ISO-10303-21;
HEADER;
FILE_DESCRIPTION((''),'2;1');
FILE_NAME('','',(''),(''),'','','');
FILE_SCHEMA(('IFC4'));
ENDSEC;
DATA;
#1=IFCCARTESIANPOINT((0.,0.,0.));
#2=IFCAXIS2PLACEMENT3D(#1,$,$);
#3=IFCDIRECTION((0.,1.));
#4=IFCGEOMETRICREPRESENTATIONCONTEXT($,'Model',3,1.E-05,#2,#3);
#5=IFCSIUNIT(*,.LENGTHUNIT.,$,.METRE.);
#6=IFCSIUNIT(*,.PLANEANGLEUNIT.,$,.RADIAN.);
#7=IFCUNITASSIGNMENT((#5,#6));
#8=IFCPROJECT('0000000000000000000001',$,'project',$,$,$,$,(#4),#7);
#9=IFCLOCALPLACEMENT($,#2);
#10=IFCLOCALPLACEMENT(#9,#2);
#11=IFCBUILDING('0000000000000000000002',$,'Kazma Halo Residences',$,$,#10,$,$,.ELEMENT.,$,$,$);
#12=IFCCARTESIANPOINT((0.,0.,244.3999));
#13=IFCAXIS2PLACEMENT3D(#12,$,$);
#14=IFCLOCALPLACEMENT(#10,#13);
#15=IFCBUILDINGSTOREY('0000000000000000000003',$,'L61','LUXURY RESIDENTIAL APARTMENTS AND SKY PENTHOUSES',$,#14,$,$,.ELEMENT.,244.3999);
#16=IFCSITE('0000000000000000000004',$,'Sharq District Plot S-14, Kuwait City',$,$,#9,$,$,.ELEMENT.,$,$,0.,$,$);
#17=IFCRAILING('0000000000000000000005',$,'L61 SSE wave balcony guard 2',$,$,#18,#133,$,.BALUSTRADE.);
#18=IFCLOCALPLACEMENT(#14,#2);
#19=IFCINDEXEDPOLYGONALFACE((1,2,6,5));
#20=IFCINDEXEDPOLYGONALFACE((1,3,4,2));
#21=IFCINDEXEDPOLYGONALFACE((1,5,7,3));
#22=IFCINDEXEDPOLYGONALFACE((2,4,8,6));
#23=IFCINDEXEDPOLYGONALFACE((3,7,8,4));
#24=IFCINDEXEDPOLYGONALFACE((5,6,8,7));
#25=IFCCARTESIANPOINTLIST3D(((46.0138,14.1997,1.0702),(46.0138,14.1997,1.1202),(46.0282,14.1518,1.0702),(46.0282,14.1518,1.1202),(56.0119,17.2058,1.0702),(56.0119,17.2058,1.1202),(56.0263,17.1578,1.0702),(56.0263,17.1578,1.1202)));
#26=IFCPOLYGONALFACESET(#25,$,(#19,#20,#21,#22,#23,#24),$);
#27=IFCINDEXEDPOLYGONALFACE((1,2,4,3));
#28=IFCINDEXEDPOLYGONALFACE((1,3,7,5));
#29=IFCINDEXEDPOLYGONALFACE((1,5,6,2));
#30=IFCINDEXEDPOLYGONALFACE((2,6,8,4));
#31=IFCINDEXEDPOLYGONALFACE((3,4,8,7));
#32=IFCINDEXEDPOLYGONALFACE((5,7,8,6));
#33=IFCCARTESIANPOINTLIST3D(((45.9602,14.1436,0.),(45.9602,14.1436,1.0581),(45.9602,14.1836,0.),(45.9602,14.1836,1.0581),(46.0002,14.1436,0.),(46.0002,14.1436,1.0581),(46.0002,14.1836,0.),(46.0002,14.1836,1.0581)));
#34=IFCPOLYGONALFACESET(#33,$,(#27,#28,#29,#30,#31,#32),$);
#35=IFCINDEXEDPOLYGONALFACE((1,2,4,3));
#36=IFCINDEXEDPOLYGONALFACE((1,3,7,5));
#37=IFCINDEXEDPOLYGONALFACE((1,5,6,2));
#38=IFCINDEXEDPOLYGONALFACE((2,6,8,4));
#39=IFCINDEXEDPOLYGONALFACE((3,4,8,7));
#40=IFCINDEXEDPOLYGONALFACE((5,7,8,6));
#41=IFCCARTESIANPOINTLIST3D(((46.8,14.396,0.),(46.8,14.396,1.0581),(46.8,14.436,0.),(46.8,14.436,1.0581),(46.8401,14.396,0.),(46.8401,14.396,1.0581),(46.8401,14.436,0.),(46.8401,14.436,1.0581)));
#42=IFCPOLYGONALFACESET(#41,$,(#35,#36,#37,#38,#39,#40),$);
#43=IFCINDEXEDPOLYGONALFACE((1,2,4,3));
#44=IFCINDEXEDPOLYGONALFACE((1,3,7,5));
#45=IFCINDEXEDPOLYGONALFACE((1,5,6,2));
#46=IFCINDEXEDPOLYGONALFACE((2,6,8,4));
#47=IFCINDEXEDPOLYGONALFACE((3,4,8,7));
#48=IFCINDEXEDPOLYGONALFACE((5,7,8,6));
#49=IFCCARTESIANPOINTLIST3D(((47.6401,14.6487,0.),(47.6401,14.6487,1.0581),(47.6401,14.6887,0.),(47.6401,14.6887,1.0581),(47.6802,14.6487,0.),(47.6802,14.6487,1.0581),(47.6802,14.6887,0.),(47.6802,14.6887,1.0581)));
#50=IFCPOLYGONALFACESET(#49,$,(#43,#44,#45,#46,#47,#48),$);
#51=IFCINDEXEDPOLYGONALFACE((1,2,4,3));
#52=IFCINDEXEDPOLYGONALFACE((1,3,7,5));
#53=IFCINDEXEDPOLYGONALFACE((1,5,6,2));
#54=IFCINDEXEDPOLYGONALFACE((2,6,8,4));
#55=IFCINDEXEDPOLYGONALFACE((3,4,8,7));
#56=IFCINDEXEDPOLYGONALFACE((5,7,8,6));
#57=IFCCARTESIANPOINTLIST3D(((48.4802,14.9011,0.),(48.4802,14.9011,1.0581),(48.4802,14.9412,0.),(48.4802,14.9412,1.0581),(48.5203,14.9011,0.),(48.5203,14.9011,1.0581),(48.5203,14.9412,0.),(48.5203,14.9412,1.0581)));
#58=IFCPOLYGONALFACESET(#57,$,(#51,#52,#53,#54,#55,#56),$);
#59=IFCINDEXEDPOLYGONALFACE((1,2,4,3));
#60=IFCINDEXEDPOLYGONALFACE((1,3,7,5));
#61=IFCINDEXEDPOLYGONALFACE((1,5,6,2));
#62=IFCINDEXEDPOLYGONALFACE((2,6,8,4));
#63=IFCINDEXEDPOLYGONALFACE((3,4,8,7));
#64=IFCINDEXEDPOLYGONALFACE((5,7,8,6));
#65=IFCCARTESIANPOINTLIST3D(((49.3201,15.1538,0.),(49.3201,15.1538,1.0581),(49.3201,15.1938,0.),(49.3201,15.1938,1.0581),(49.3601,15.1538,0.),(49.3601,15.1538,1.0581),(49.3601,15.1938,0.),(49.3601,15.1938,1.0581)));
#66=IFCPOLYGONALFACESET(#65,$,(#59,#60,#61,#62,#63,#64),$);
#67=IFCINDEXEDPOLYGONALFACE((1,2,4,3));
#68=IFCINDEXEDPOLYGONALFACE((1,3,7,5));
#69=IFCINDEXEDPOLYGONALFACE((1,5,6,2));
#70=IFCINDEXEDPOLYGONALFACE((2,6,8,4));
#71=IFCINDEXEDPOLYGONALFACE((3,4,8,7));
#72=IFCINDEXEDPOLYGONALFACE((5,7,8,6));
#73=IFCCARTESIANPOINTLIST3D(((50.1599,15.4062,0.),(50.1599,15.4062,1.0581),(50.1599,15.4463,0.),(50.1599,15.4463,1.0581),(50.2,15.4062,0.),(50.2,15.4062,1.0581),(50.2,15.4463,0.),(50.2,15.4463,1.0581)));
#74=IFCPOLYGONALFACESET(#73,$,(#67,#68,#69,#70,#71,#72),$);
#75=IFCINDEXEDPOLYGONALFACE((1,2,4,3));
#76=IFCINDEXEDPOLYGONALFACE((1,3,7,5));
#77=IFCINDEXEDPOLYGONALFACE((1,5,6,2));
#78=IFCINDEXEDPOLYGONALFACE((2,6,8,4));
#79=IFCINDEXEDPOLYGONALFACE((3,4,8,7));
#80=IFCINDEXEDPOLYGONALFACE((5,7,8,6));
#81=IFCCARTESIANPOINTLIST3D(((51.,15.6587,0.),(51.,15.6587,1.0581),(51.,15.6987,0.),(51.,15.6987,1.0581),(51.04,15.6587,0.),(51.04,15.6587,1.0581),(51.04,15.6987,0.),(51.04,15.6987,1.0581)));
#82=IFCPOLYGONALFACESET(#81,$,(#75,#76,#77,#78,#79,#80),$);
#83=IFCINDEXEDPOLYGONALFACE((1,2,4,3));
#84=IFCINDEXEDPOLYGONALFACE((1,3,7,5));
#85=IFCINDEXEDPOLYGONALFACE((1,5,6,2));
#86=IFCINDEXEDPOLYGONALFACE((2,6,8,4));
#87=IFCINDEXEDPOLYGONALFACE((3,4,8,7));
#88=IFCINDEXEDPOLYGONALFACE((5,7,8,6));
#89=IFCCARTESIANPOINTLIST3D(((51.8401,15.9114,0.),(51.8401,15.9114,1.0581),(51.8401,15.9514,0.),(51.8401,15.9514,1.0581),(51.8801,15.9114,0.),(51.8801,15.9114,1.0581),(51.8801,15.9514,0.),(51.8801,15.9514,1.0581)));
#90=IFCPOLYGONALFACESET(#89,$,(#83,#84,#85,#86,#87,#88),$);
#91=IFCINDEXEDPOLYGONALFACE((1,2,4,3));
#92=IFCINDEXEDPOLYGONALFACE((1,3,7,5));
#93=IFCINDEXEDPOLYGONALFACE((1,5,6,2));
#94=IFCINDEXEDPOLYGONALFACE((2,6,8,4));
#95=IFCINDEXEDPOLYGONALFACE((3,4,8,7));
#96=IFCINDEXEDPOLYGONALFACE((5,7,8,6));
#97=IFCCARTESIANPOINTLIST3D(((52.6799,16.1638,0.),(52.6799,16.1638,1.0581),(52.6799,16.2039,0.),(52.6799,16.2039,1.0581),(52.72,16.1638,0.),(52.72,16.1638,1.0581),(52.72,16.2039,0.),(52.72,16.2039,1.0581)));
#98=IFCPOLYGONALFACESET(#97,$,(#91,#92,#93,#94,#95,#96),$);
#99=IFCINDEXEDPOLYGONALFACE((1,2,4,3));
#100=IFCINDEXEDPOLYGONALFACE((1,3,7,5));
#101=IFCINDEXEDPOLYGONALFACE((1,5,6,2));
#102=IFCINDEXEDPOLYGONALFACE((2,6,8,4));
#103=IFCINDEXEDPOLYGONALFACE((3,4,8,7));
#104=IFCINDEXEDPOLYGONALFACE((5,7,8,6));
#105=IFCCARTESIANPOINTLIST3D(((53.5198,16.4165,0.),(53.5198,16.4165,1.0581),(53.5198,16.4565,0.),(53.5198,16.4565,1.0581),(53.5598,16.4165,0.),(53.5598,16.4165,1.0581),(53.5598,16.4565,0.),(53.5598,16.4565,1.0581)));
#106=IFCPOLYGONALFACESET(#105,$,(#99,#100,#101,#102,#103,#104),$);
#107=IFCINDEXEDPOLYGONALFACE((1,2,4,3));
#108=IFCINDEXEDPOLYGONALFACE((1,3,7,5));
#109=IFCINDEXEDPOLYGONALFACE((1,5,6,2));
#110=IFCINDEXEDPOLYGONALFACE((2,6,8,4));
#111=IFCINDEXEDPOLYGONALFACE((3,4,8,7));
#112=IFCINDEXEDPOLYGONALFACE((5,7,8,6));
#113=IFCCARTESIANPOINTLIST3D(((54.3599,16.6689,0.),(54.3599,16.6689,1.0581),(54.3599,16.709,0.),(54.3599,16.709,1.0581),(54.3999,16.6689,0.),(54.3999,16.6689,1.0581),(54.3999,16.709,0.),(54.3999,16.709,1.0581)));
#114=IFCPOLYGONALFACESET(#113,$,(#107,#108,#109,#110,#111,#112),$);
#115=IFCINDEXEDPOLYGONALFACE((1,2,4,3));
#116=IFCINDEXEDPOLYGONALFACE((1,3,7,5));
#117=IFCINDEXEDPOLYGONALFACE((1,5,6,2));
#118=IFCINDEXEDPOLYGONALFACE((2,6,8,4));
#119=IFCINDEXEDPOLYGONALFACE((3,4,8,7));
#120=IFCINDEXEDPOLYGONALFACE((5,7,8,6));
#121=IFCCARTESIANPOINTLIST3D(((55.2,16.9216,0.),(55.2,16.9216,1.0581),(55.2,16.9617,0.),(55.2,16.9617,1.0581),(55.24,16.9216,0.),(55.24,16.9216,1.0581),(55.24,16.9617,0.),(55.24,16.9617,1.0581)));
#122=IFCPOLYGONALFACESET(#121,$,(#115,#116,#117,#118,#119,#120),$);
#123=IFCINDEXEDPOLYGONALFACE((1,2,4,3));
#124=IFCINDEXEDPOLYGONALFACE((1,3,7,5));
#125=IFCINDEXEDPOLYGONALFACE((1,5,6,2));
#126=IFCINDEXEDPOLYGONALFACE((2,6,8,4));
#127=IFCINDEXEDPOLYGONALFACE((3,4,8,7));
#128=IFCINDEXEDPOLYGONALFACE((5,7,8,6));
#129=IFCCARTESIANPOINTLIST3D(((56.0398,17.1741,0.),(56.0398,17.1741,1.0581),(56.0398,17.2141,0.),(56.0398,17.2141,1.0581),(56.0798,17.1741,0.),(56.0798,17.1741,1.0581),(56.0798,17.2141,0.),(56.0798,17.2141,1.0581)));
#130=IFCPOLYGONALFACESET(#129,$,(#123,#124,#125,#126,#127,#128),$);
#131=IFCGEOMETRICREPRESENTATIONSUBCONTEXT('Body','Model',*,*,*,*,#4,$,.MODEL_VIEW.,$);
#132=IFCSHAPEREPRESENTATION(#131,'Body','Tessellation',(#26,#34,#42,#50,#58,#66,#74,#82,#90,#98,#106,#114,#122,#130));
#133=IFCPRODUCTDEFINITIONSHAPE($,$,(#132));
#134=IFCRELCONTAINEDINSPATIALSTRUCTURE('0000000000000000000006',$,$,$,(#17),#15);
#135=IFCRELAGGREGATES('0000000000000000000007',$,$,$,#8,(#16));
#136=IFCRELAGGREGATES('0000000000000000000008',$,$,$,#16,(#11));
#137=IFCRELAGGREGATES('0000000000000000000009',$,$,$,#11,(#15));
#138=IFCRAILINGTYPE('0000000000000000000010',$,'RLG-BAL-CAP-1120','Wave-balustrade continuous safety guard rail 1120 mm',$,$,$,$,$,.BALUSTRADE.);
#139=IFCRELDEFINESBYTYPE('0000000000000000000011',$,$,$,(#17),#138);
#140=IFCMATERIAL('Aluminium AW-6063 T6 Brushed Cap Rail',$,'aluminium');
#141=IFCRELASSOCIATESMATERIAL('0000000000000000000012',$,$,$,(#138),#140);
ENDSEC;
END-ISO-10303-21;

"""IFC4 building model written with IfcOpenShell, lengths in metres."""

from ifc_helpers import new_model, si_unit, direction, frame, origin, origin_2d, place, context, subcontext, project, spatial, rectangle, extrude, material, type_object, element, save


model = new_model("IFC4")

# Units and contexts
model_context = context("Model", 3, precision=1e-05, world=origin(), true_north=direction((0.0, 1.0)))
body_context = subcontext(model_context, "Body", "Model", "MODEL_VIEW")
ifc_project = project(units=[si_unit("LENGTHUNIT", "METRE"), si_unit("PLANEANGLEUNIT", "RADIAN")], contexts=[model_context])

# Site, building, storey
site_placement = place(None, origin())
site = spatial("IfcSite", under=ifc_project, at=site_placement, Name="Sharq District Plot S-14, Kuwait City", CompositionType="ELEMENT", RefElevation=0.0)
building_placement = place(site_placement, origin())
building = spatial("IfcBuilding", under=site, at=building_placement, Name="Kazma Halo Residences", CompositionType="ELEMENT")
storey_placement = place(building_placement, frame((0.0, 0.0, 244.3999)))
storey = spatial("IfcBuildingStorey", under=building, at=storey_placement, Name="L61", Description="LUXURY RESIDENTIAL APARTMENTS AND SKY PENTHOUSES", CompositionType="ELEMENT", Elevation=244.3999)

# Railing
ifc_material_1 = material(Name="Aluminium AW-6063 T6 Brushed Cap Rail", Category="aluminium")
railing_type = type_object("IfcRailingType", Name="RLG-BAL-CAP-1120", Description="Wave-balustrade continuous safety guard rail 1120 mm", PredefinedType="BALUSTRADE", material=ifc_material_1)
railing_1_placement = place(storey_placement, frame((45.9802, 14.1636, 0.0)))
element("IfcRailing", 1, at=railing_1_placement, inside=storey, type_object=railing_type, Name="L61 SSE wave balcony guard 2", PredefinedType="BALUSTRADE", context=body_context, shape_type="SweptSolid", body=[
    extrude(rectangle(XDim=0.05, YDim=0.05, at=origin_2d()), frame((0.0408, 0.0122, 1.0952), z_axis=(0.957652, 0.287927, 0.0), x_axis=(-0.287927, 0.957652, 0.0)), (0.0, 0.0, 1.0), 10.4402),
    extrude(rectangle(XDim=0.04, YDim=0.04, at=origin_2d()), origin(), (0.0, 0.0, 1.0), 1.0581),
    extrude(rectangle(XDim=0.04, YDim=0.04, at=origin_2d()), frame((0.8398, 0.2524, 0.0)), (0.0, 0.0, 1.0), 1.0581),
    extrude(rectangle(XDim=0.04, YDim=0.04, at=origin_2d()), frame((1.6799, 0.5051, 0.0)), (0.0, 0.0, 1.0), 1.0581),
    extrude(rectangle(XDim=0.04, YDim=0.04, at=origin_2d()), frame((2.52, 0.7576, 0.0)), (0.0, 0.0, 1.0), 1.0581),
    extrude(rectangle(XDim=0.04, YDim=0.04, at=origin_2d()), frame((3.3599, 1.0103, 0.0)), (0.0, 0.0, 1.0), 1.0581),
    extrude(rectangle(XDim=0.04, YDim=0.04, at=origin_2d()), frame((4.1997, 1.2627, 0.0)), (0.0, 0.0, 1.0), 1.0581),
    extrude(rectangle(XDim=0.04, YDim=0.04, at=origin_2d()), frame((5.0398, 1.5151, 0.0)), (0.0, 0.0, 1.0), 1.0581),
    extrude(rectangle(XDim=0.04, YDim=0.04, at=origin_2d()), frame((5.8799, 1.7678, 0.0)), (0.0, 0.0, 1.0), 1.0581),
    extrude(rectangle(XDim=0.04, YDim=0.04, at=origin_2d()), frame((6.7197, 2.0203, 0.0)), (0.0, 0.0, 1.0), 1.0581),
    extrude(rectangle(XDim=0.04, YDim=0.04, at=origin_2d()), frame((7.5596, 2.2729, 0.0)), (0.0, 0.0, 1.0), 1.0581),
    extrude(rectangle(XDim=0.04, YDim=0.04, at=origin_2d()), frame((8.3997, 2.5254, 0.0)), (0.0, 0.0, 1.0), 1.0581),
    extrude(rectangle(XDim=0.04, YDim=0.04, at=origin_2d()), frame((9.2397, 2.7781, 0.0)), (0.0, 0.0, 1.0), 1.0581),
    extrude(rectangle(XDim=0.04, YDim=0.04, at=origin_2d()), frame((10.0796, 3.0305, 0.0)), (0.0, 0.0, 1.0), 1.0581),
])

save(model, "model.ifc")
